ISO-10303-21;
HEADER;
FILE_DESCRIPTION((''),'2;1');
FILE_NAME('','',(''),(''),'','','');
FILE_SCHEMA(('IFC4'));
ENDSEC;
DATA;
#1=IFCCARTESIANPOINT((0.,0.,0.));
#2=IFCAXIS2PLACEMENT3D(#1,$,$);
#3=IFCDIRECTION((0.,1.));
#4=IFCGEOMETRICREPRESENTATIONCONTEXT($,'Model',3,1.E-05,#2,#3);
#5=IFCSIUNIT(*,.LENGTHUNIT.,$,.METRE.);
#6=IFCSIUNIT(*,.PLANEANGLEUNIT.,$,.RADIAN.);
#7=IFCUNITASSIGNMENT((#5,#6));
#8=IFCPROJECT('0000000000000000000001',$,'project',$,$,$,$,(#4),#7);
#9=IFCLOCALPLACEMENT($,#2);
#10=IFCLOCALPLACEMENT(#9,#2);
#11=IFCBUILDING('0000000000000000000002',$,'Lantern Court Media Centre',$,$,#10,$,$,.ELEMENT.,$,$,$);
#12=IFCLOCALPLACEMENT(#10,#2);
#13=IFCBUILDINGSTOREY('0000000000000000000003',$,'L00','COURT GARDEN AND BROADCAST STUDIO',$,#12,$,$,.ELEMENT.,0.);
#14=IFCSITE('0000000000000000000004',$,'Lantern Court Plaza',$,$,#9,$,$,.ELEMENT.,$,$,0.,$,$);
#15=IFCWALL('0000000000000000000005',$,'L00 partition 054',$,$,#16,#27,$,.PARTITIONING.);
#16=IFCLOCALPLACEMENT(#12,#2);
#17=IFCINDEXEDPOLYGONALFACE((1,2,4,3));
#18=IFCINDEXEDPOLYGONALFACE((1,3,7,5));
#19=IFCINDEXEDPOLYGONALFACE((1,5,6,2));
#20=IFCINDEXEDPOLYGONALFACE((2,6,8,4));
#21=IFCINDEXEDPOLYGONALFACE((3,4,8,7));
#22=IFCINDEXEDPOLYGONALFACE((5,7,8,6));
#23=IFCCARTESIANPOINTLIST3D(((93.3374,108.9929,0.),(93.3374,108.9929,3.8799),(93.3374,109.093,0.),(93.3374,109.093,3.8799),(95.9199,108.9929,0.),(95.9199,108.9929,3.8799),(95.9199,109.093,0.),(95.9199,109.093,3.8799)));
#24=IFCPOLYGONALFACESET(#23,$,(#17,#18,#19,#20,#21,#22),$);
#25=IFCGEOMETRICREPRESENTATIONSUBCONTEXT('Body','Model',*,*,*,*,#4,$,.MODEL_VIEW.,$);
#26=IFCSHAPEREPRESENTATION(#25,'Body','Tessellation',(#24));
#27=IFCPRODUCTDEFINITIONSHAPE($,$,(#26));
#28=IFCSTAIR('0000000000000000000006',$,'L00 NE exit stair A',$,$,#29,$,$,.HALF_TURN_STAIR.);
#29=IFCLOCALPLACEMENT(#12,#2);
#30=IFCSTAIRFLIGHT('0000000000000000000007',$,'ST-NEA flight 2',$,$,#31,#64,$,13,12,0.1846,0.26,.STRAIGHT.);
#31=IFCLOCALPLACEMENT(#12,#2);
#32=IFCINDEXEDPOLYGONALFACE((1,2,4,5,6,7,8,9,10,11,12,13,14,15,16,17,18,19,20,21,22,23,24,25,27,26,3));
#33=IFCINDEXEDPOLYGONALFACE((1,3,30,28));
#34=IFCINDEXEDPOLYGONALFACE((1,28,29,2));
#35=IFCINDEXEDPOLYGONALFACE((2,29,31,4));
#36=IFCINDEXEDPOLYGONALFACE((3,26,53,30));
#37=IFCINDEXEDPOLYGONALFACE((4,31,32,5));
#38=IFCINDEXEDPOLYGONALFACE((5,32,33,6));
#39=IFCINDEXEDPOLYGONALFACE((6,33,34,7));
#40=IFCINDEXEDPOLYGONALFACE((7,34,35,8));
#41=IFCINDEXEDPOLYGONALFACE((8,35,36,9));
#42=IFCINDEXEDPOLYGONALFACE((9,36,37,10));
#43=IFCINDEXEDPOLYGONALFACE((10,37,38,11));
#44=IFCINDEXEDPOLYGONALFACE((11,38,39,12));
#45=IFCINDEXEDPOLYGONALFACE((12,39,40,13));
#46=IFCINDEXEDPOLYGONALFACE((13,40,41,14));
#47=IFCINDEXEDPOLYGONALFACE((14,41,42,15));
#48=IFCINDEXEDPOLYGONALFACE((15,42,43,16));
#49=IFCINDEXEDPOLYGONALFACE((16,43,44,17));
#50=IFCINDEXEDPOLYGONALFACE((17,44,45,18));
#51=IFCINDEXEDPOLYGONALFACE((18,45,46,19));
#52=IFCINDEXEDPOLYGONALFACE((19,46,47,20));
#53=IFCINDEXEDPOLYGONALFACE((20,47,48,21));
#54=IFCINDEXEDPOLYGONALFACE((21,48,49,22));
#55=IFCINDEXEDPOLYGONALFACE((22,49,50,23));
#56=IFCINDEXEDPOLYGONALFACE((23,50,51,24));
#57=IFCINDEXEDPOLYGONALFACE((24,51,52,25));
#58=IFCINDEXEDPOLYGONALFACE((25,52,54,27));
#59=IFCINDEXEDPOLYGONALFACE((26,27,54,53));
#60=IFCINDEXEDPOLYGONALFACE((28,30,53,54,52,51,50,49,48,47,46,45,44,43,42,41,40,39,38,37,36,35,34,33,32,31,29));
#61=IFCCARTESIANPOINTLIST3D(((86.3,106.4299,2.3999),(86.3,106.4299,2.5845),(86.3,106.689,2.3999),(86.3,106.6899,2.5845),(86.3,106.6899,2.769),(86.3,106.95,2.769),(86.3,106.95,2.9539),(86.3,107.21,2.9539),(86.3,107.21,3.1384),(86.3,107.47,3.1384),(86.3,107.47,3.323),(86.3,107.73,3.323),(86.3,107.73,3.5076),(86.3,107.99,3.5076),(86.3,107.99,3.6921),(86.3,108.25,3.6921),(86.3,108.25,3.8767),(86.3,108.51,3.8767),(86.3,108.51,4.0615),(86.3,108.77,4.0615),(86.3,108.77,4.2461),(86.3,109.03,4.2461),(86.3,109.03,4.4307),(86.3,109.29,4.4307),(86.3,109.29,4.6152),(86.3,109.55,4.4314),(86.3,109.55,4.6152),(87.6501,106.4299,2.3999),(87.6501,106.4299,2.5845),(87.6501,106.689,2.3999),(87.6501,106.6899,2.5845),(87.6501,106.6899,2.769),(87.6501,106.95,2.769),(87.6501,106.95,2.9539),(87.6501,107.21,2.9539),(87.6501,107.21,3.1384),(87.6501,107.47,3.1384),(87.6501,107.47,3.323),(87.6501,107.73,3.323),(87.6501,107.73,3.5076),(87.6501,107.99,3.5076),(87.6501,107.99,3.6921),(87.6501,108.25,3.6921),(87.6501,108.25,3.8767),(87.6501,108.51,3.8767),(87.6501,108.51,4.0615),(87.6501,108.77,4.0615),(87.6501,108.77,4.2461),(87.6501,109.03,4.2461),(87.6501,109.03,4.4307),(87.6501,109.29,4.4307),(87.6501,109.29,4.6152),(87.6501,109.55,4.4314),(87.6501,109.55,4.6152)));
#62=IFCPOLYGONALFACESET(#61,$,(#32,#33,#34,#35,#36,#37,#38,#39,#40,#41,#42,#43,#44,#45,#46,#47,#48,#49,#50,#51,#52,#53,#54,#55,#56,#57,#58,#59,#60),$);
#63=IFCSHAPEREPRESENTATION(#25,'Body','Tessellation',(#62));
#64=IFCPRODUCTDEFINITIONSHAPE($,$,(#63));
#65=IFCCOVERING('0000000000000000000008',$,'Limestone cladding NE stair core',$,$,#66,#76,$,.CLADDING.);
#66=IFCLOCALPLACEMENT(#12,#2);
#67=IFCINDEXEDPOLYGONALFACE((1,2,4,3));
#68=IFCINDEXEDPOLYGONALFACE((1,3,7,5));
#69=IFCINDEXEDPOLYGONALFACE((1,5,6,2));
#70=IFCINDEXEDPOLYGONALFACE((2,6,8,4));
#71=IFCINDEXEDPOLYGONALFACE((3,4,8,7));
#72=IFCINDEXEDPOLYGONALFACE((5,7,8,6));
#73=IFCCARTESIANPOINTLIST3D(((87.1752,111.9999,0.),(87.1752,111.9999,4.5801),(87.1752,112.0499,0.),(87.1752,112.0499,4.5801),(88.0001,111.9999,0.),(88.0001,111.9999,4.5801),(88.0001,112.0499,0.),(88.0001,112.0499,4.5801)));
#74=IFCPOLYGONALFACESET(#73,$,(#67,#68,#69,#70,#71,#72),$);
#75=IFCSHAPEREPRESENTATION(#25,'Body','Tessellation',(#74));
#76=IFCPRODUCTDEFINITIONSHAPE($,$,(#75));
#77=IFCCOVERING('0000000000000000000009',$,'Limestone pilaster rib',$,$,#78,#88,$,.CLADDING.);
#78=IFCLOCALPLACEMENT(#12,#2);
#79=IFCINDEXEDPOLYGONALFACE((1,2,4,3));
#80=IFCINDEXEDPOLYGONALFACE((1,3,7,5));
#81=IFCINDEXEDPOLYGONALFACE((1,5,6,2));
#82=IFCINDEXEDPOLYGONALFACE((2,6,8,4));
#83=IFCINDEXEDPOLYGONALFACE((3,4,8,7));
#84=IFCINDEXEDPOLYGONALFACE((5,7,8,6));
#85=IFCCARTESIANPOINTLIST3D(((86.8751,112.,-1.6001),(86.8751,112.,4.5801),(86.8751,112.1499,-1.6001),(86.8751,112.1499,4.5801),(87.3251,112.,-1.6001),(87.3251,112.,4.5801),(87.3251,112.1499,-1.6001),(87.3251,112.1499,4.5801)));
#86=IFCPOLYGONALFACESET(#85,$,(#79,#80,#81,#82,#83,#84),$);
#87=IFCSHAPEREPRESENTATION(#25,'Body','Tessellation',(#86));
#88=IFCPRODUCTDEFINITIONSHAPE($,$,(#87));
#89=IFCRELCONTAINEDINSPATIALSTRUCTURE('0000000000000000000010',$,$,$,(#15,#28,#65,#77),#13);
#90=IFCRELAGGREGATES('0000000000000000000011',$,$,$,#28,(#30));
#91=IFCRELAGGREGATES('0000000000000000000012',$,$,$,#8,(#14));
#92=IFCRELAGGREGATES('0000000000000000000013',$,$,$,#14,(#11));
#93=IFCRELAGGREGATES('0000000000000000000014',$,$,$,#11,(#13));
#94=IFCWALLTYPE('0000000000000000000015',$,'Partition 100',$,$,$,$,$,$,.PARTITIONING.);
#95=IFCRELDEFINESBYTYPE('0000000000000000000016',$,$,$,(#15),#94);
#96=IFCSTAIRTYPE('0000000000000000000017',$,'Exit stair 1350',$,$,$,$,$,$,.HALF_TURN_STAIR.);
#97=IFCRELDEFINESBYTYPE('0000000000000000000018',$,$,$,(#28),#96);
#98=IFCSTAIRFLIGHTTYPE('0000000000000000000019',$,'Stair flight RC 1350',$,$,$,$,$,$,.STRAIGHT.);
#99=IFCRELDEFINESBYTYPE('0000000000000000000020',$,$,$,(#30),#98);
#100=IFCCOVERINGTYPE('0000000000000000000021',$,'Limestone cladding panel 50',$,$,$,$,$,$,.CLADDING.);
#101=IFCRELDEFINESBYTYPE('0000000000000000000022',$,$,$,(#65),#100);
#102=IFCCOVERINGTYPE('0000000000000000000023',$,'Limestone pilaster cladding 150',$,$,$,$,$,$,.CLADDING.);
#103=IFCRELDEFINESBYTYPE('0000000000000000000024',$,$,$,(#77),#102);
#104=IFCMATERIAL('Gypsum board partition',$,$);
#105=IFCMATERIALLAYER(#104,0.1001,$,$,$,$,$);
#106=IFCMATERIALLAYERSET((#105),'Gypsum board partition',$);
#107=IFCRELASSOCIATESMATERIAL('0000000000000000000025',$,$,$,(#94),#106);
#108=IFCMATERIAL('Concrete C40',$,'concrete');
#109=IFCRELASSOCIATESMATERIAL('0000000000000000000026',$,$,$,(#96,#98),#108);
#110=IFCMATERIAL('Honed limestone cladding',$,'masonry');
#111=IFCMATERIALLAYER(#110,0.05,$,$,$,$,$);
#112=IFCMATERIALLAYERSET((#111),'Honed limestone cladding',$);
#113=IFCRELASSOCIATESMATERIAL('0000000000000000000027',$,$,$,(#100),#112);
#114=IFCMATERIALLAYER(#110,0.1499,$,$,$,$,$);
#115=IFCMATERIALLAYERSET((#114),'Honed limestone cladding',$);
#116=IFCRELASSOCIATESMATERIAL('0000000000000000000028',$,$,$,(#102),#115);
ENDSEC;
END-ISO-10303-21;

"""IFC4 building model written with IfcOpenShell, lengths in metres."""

from ifc_helpers import new_model, si_unit, direction, frame, frame_2d, origin, place, context, subcontext, project, spatial, polyline, rectangle, outline, extrude, material, layer, layer_set, type_object, element, aggregate, save


model = new_model("IFC4")

# Units and contexts
model_context = context("Model", 3, precision=1e-05, world=origin(), true_north=direction((0.0, 1.0)))
body_context = subcontext(model_context, "Body", "Model", "MODEL_VIEW")
ifc_project = project(units=[si_unit("LENGTHUNIT", "METRE"), si_unit("PLANEANGLEUNIT", "RADIAN")], contexts=[model_context])

# Site, building, storey
site_placement = place(None, origin())
site = spatial("IfcSite", under=ifc_project, at=site_placement, Name="Lantern Court Plaza", CompositionType="ELEMENT", RefElevation=0.0)
building_placement = place(site_placement, origin())
building = spatial("IfcBuilding", under=site, at=building_placement, Name="Lantern Court Media Centre", CompositionType="ELEMENT")
storey_placement = place(building_placement, origin())
storey = spatial("IfcBuildingStorey", under=building, at=storey_placement, Name="L00", Description="COURT GARDEN AND BROADCAST STUDIO", CompositionType="ELEMENT", Elevation=0.0)

# Shared definitions
ifc_material_1 = material(Name="Gypsum board partition")

# Wall
ifc_layer_1 = layer(ifc_material_1, 0.1001)
ifc_layer_set_1 = layer_set([ifc_layer_1], Name="Gypsum board partition")
wall_type_1 = type_object("IfcWallType", Name="Partition 100", PredefinedType="PARTITIONING", material=ifc_layer_set_1)
for number, where, z_axis, x_axis, name in (
    (1, (93.3374, 109.043, 0.0), (0.0, 0.0, 1.0), (1.0, 0.0, 0.0), "L00 partition 054"),
):
    element("IfcWall", number, at=place(storey_placement, frame(where, z_axis=z_axis, x_axis=x_axis)), inside=storey, type_object=wall_type_1, Name=name, PredefinedType="PARTITIONING", context=body_context, shape_type="SweptSolid", body=[
        extrude(rectangle(XDim=2.5825, YDim=0.1001, at=frame_2d((1.2913, 0.0))), origin(), (0.0, 0.0, 1.0), 3.8799),
    ])

# Stair, stair flight
ifc_material_2 = material(Name="Concrete C40", Category="concrete")
stair_type = type_object("IfcStairType", Name="Exit stair 1350", PredefinedType="HALF_TURN_STAIR", material=ifc_material_2)
stair_placement = place(storey_placement, origin())
stair = element("IfcStair", 2, at=stair_placement, inside=storey, type_object=stair_type, Name="L00 NE exit stair A", PredefinedType="HALF_TURN_STAIR")
stair_flight_type = type_object("IfcStairFlightType", Name="Stair flight RC 1350", PredefinedType="STRAIGHT", material=ifc_material_2)
stair_flight_placement = place(storey_placement, frame((86.9751, 106.4299, 2.3999), z_axis=(0.0, 0.0, 1.0), x_axis=(0.0, 1.0, 0.0)))
stair_flight = element("IfcStairFlight", 3, at=stair_flight_placement, type_object=stair_flight_type, Name="ST-NEA flight 2", NumberOfRisers=13, NumberOfTreads=12, PredefinedType="STRAIGHT", RiserHeight=0.1846, TreadLength=0.26, context=body_context, shape_type="SweptSolid", body=[
    extrude(outline(polyline([(0.0, 0.0), (0.0, 0.1846), (0.26, 0.1846), (0.26, 0.3691), (0.52, 0.3691), (0.52, 0.554), (0.78, 0.554), (0.78, 0.7385), (1.04, 0.7385), (1.04, 0.9231), (1.3, 0.9231), (1.3, 1.1077), (1.5601, 1.1077), (1.5601, 1.2922), (1.8201, 1.2922), (1.8201, 1.4768), (2.0801, 1.4768), (2.0801, 1.6616), (2.3401, 1.6616), (2.3401, 1.8462), (2.6001, 1.8462), (2.6001, 2.0308), (2.8601, 2.0308), (2.8601, 2.2153), (3.1201, 2.2153), (3.1201, 2.3999), (3.1201, 2.0315), (0.259, 0.0), (0.0, 0.0)])), frame((0.0, 0.675, 0.0), z_axis=(0.0, -1.0, 0.0), x_axis=(1.0, 0.0, 0.0)), (0.0, 0.0, 1.0), 1.3501),
])
aggregate(stair, [stair_flight])

# Coverings
ifc_material_3 = material(Name="Honed limestone cladding", Category="masonry")
ifc_layer_2 = layer(ifc_material_3, 0.05)
ifc_layer_set_2 = layer_set([ifc_layer_2], Name="Honed limestone cladding")
covering_type_1 = type_object("IfcCoveringType", Name="Limestone cladding panel 50", PredefinedType="CLADDING", material=ifc_layer_set_2)
covering_1_placement = place(storey_placement, frame((87.175, 112.0249, 0.0), z_axis=(0.0, 0.0, 1.0), x_axis=(1.0, 0.0, 0.0)))
element("IfcCovering", 4, at=covering_1_placement, inside=storey, type_object=covering_type_1, Name="Limestone cladding NE stair core", PredefinedType="CLADDING", context=body_context, shape_type="SweptSolid", body=[
    extrude(rectangle(XDim=0.825, YDim=0.05, at=frame_2d((0.4126, 0.0))), origin(), (0.0, 0.0, 1.0), 4.5801),
])
ifc_layer_3 = layer(ifc_material_3, 0.1499)
ifc_layer_set_3 = layer_set([ifc_layer_3], Name="Honed limestone cladding")
covering_type_2 = type_object("IfcCoveringType", Name="Limestone pilaster cladding 150", PredefinedType="CLADDING", material=ifc_layer_set_3)
covering_2_placement = place(storey_placement, frame((86.875, 112.075, -1.6001), z_axis=(0.0, 0.0, 1.0), x_axis=(1.0, 0.0, 0.0)))
element("IfcCovering", 5, at=covering_2_placement, inside=storey, type_object=covering_type_2, Name="Limestone pilaster rib", PredefinedType="CLADDING", context=body_context, shape_type="SweptSolid", body=[
    extrude(rectangle(XDim=0.45, YDim=0.1499, at=frame_2d((0.2251, 0.0))), origin(), (0.0, 0.0, 1.0), 6.1802),
])

save(model, "model.ifc")
